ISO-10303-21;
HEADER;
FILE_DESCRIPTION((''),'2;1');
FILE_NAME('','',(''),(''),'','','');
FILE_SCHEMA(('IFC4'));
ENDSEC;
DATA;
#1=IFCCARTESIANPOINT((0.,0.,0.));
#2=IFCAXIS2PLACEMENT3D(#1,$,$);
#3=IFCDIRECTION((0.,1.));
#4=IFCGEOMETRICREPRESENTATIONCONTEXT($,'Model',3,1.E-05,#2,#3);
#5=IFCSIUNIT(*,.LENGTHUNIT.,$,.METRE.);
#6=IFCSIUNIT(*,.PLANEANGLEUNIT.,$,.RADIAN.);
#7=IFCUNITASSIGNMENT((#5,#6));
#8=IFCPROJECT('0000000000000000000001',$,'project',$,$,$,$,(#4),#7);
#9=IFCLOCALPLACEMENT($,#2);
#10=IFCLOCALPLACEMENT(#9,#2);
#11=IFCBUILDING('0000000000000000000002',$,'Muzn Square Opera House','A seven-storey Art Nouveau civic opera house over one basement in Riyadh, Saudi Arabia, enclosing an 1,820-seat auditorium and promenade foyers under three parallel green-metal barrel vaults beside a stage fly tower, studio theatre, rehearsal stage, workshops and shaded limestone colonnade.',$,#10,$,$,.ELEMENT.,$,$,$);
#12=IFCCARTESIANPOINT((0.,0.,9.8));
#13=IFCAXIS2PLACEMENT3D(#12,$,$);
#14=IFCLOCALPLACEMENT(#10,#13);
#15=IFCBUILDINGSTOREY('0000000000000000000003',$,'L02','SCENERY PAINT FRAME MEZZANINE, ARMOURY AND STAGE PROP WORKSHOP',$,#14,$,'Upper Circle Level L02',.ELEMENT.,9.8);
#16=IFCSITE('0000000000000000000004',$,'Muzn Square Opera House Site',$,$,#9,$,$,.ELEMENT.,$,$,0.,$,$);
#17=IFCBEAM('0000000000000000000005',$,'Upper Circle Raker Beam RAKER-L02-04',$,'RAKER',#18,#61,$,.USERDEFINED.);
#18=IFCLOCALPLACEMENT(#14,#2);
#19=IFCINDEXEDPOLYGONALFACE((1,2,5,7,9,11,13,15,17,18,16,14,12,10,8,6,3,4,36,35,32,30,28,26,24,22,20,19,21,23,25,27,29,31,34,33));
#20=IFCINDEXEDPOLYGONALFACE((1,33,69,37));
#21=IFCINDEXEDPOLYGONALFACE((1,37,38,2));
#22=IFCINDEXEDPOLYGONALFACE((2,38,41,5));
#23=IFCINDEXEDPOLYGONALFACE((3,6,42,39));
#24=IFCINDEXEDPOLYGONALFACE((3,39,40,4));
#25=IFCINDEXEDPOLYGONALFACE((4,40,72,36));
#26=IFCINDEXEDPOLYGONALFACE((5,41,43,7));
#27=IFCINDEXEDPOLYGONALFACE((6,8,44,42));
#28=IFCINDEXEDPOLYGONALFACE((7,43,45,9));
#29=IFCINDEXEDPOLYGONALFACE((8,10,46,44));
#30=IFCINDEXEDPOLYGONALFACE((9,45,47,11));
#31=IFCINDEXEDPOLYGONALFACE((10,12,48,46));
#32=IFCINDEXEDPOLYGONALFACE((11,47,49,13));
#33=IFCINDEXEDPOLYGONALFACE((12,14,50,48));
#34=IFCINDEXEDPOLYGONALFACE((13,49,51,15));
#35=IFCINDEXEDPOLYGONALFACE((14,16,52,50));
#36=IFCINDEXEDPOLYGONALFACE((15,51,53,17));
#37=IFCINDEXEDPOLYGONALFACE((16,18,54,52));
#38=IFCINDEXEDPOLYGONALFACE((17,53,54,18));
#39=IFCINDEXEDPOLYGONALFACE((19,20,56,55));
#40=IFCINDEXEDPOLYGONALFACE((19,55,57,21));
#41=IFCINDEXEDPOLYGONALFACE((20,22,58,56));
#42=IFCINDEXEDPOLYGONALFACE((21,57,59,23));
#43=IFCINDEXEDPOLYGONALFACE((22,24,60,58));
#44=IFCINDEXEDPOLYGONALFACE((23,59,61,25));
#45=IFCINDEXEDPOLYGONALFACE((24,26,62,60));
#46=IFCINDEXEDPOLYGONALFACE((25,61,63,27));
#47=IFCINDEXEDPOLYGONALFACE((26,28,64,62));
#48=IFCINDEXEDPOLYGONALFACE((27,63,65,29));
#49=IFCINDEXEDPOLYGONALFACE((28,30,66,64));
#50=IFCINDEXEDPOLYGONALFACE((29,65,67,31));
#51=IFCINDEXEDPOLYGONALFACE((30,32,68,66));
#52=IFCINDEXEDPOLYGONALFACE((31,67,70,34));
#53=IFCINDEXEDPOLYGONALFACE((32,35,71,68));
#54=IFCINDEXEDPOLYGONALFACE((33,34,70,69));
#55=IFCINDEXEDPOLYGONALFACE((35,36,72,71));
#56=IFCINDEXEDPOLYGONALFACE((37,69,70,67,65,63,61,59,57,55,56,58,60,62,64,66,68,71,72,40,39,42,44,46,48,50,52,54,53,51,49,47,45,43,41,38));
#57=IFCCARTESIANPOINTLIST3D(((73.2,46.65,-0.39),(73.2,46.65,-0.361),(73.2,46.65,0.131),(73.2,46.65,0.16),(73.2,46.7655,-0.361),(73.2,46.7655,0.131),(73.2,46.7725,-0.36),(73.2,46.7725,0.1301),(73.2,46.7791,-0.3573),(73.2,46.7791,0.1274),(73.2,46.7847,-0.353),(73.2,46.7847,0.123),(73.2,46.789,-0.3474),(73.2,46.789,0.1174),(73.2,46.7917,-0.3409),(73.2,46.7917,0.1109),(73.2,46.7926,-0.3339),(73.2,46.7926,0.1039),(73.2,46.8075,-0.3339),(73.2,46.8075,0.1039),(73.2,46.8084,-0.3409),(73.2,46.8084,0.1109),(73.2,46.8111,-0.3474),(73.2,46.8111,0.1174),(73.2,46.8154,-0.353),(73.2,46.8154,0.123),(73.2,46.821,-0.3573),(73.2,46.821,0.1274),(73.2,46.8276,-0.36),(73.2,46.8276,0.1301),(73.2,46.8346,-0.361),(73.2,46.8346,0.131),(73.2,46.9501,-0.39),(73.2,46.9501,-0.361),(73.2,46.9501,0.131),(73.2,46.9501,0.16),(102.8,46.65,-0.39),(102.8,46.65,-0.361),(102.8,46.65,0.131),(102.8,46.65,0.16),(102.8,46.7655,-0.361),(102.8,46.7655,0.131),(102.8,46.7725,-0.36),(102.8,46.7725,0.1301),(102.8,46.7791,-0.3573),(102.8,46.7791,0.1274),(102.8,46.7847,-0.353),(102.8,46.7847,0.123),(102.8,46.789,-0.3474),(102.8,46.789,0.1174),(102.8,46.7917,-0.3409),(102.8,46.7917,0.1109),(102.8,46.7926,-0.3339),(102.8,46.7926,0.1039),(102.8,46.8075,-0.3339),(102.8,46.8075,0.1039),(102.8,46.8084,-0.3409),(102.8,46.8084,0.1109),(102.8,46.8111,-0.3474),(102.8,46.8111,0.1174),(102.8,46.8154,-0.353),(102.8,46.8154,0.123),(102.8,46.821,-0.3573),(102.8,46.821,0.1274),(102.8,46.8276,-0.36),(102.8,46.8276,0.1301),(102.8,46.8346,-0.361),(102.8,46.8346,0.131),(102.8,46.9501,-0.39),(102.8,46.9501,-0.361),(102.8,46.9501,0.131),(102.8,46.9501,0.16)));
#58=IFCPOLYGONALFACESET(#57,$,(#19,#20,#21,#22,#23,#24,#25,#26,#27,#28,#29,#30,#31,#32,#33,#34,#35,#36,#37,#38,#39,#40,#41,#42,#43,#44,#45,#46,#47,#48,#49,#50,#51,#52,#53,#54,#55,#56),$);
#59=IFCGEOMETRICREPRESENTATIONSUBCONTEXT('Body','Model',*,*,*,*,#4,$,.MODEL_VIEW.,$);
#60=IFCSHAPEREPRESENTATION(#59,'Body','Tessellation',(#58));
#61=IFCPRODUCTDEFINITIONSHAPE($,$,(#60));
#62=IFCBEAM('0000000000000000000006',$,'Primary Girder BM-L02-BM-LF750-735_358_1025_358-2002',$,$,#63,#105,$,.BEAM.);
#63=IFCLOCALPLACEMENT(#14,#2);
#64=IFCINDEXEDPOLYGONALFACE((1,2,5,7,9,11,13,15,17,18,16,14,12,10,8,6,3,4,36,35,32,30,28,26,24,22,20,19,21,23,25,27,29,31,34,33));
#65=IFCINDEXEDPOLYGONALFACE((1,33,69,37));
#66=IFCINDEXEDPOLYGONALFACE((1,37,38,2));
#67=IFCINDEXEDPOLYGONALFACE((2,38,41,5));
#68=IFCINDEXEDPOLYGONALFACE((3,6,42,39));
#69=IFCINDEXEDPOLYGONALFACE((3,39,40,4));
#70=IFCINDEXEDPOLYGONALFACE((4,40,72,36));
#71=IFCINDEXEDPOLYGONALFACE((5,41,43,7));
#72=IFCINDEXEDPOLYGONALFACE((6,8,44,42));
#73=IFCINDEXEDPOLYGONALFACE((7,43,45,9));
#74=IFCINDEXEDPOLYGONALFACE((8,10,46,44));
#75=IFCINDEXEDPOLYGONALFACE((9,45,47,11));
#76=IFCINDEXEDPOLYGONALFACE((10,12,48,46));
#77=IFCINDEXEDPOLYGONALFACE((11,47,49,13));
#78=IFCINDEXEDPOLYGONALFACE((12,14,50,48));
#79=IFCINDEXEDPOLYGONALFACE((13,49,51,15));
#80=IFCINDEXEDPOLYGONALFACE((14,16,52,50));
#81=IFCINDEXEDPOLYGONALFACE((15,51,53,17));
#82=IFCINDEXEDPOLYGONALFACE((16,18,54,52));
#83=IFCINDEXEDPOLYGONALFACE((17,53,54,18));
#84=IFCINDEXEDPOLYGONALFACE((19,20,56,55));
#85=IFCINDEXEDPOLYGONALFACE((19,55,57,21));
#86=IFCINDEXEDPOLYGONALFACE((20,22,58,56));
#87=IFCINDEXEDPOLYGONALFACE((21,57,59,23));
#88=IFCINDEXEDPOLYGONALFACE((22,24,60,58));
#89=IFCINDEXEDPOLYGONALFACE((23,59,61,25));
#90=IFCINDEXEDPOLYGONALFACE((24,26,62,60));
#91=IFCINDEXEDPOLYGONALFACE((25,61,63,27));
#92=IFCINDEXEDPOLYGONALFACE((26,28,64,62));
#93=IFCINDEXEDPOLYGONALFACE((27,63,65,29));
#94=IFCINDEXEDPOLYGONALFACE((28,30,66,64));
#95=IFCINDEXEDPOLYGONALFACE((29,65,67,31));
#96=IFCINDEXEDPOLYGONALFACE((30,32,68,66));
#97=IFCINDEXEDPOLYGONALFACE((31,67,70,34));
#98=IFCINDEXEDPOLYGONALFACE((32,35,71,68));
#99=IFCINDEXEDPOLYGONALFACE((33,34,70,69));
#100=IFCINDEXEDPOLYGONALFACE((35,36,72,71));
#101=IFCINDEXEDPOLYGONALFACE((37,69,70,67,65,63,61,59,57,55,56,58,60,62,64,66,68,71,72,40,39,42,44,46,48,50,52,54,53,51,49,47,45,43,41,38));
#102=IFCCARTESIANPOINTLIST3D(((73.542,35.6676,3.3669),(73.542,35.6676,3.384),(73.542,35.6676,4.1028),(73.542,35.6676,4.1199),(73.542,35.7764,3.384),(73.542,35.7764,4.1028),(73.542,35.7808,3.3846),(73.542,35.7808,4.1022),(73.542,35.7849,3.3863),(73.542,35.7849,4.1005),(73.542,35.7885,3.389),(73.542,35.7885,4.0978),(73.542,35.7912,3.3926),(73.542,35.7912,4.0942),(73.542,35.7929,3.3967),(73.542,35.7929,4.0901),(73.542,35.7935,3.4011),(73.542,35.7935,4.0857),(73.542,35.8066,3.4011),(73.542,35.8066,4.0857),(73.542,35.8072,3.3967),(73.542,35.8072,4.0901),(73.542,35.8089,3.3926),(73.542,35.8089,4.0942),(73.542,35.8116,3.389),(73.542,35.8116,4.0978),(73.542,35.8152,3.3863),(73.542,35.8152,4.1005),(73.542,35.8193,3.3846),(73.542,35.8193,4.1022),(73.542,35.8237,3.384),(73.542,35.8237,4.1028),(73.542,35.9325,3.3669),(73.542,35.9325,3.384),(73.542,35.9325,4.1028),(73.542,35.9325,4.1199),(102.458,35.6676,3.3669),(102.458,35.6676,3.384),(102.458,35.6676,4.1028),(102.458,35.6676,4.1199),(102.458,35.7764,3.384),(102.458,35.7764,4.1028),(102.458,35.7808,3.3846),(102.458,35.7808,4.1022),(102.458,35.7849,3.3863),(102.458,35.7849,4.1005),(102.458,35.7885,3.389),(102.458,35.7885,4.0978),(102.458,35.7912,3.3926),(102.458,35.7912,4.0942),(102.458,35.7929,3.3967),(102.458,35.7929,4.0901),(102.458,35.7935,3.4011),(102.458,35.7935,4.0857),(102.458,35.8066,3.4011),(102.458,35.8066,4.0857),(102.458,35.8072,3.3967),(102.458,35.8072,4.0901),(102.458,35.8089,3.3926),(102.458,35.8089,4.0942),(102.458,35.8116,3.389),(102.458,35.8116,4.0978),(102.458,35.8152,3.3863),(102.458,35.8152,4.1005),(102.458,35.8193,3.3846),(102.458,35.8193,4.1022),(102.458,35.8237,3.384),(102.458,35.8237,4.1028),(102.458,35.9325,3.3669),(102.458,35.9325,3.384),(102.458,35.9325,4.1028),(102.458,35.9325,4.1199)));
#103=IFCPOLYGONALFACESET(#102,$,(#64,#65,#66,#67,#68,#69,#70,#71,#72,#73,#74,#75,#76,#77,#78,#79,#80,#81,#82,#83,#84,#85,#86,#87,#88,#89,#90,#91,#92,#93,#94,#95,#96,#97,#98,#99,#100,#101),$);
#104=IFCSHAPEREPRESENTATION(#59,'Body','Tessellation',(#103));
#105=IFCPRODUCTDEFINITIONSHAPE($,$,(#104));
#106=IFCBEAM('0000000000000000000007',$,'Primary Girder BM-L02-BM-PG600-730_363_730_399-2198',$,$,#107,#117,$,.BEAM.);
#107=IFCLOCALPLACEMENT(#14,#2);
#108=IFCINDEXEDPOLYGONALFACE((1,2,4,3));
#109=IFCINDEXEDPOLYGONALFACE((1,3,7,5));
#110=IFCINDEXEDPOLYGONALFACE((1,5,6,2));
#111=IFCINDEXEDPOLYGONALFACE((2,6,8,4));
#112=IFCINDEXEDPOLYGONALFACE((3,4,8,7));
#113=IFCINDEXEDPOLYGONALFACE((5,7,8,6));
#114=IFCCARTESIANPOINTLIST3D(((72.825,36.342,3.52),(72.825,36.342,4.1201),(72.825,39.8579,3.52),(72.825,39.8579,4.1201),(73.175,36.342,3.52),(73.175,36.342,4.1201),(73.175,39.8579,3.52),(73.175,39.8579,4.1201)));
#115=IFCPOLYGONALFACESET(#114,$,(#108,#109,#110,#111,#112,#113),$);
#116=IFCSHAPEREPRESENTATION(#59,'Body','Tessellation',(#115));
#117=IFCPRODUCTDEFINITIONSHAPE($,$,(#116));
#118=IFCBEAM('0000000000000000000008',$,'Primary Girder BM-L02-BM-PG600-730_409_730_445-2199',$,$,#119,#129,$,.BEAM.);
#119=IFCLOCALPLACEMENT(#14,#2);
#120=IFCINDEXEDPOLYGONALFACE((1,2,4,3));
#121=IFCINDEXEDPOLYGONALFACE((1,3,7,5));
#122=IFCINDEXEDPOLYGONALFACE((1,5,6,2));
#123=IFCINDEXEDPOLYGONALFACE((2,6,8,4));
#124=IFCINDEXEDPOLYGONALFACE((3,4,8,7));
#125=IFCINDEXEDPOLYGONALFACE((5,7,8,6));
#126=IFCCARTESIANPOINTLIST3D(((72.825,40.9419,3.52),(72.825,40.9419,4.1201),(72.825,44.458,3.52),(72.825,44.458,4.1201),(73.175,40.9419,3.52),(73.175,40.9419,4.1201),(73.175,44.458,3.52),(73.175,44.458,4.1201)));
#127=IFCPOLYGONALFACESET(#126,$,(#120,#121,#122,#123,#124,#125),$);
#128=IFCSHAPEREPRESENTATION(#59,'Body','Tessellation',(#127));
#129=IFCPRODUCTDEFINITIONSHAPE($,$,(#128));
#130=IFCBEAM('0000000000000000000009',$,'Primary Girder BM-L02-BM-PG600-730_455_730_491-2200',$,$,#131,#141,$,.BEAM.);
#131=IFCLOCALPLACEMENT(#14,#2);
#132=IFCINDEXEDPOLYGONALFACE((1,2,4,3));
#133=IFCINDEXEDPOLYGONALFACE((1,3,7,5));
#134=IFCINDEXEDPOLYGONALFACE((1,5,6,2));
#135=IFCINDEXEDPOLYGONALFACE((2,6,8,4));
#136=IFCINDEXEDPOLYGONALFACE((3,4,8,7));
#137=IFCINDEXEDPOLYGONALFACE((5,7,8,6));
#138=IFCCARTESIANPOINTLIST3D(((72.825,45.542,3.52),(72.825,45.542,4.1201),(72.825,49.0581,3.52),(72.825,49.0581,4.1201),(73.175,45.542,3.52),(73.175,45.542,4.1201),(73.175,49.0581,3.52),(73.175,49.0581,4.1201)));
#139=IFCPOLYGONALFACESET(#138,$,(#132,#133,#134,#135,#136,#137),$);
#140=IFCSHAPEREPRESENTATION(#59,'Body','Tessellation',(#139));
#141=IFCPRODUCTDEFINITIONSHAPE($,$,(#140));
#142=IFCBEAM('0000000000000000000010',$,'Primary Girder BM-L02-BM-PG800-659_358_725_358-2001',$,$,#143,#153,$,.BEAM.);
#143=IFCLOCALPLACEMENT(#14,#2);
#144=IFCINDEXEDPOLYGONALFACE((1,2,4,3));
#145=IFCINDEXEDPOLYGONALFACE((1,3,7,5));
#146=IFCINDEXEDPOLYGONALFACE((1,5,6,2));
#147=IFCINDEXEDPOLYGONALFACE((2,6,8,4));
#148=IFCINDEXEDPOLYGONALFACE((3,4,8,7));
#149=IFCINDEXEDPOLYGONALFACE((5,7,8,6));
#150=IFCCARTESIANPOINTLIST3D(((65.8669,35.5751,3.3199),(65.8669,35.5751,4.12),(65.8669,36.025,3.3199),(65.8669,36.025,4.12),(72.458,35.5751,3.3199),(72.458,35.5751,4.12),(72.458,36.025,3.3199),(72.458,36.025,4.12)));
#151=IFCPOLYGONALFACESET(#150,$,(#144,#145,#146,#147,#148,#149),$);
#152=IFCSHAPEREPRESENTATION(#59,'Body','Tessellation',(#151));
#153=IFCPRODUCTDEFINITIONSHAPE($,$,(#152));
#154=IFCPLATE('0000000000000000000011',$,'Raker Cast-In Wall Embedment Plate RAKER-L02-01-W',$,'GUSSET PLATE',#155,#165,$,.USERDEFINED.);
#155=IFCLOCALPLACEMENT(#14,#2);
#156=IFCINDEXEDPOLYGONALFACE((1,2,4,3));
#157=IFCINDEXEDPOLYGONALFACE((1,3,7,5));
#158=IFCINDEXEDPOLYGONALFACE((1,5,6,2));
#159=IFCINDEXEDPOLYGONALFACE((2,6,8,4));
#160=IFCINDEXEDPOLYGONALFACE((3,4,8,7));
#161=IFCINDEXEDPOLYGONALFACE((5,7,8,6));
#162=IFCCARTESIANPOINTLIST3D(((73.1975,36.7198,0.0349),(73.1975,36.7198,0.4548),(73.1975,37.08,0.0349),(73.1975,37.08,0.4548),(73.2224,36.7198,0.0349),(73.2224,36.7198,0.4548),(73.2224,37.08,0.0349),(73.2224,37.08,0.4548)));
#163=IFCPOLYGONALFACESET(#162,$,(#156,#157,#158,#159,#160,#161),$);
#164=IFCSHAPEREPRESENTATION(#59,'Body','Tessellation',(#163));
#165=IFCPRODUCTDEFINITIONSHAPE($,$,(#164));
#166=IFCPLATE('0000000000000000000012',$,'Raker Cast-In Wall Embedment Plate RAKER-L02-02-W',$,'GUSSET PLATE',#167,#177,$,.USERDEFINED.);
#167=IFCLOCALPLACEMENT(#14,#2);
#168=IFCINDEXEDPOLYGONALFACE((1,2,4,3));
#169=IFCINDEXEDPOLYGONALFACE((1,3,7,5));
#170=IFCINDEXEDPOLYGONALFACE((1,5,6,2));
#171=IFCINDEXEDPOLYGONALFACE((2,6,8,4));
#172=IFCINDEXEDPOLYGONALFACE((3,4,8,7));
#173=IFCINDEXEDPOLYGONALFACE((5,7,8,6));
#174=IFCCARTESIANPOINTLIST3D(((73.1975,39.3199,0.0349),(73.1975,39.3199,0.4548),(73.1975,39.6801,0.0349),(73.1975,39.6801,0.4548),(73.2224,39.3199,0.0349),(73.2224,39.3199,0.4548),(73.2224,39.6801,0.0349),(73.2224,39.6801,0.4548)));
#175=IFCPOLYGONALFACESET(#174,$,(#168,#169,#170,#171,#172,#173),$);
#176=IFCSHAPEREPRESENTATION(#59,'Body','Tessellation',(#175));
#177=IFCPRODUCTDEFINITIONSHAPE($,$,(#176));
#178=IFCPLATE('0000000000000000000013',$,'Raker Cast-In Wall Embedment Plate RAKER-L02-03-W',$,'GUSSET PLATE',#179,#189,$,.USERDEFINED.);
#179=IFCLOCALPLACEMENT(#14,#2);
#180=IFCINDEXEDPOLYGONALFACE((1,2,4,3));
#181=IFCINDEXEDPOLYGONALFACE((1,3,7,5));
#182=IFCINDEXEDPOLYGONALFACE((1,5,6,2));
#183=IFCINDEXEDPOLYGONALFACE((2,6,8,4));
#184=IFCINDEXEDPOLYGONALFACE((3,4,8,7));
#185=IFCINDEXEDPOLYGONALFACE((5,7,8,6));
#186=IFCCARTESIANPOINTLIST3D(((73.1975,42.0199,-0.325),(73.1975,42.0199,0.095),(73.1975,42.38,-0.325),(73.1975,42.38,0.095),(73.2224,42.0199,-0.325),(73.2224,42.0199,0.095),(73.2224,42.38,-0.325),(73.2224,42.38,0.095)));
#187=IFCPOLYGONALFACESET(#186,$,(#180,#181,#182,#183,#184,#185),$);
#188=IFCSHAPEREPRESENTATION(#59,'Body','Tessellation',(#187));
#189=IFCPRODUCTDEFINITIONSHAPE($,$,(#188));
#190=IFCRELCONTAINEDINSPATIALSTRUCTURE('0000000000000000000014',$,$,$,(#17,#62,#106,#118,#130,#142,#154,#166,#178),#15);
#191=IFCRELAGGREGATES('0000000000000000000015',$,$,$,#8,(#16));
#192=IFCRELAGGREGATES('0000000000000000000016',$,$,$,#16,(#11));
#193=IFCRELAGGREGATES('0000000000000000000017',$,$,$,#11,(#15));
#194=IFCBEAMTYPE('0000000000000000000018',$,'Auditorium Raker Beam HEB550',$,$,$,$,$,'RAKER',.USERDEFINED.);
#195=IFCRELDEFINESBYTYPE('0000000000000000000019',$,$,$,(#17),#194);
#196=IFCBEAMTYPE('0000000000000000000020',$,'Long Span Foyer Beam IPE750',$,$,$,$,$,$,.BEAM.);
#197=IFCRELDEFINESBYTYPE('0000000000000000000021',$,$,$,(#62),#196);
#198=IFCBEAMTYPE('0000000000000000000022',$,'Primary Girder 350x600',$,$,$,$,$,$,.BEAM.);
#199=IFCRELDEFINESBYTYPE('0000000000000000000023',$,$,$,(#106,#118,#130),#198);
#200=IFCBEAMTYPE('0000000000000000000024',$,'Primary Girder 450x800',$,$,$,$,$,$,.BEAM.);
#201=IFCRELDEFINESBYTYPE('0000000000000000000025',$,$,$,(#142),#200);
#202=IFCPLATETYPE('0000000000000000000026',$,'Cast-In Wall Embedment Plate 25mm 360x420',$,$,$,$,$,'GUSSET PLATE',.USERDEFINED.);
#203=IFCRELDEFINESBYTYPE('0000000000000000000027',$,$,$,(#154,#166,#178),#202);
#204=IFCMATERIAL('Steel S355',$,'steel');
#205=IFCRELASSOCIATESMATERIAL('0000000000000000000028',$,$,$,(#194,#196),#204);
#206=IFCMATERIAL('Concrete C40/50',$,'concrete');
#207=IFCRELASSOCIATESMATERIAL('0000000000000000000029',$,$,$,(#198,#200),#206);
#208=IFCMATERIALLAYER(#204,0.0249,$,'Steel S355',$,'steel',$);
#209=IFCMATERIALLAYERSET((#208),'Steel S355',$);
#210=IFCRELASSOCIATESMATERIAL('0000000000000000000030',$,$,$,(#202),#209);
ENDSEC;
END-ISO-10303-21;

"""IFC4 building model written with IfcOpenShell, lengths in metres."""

from ifc_helpers import new_model, si_unit, direction, frame, origin, origin_2d, place, context, subcontext, project, spatial, rectangle, i_section, extrude, material, layer, layer_set, material_profile, profile_set, type_object, element, save


model = new_model("IFC4")

# Units and contexts
model_context = context("Model", 3, precision=1e-05, world=origin(), true_north=direction((0.0, 1.0)))
body_context = subcontext(model_context, "Body", "Model", "MODEL_VIEW")
ifc_project = project(units=[si_unit("LENGTHUNIT", "METRE"), si_unit("PLANEANGLEUNIT", "RADIAN")], contexts=[model_context])

# Site, building, storey
site_placement = place(None, origin())
site = spatial("IfcSite", under=ifc_project, at=site_placement, Name="Muzn Square Opera House Site", CompositionType="ELEMENT", RefElevation=0.0)
building_placement = place(site_placement, origin())
building = spatial("IfcBuilding", under=site, at=building_placement, Name="Muzn Square Opera House", Description="A seven-storey Art Nouveau civic opera house over one basement in Riyadh, Saudi Arabia, enclosing an 1,820-seat auditorium and promenade foyers under three parallel green-metal barrel vaults beside a stage fly tower, studio theatre, rehearsal stage, workshops and shaded limestone colonnade.", CompositionType="ELEMENT")
storey_placement = place(building_placement, frame((0.0, 0.0, 9.8)))
storey = spatial("IfcBuildingStorey", under=building, at=storey_placement, Name="L02", Description="SCENERY PAINT FRAME MEZZANINE, ARMOURY AND STAGE PROP WORKSHOP", LongName="Upper Circle Level L02", CompositionType="ELEMENT", Elevation=9.8)

# Beams
ifc_material_1 = material(Name="Steel S355", Category="steel")
ifc_material_profile_1 = material_profile(ifc_material_1, i_section(OverallWidth=0.3, OverallDepth=0.55, WebThickness=0.0149, FlangeThickness=0.0291, FilletRadius=0.0271, at=origin_2d()), Name="HEB 550", Category="steel")
ifc_profile_set_1 = profile_set([ifc_material_profile_1], Name="Steel S355")
beam_type_1 = type_object("IfcBeamType", Name="Auditorium Raker Beam HEB550", ElementType="RAKER", PredefinedType="USERDEFINED", material=ifc_profile_set_1)
for number, where, z_axis, x_axis, name in (
    (1, (73.2, 46.8, -0.115), (1.0, 0.0, 0.0), (0.0, 1.0, 0.0), "Upper Circle Raker Beam RAKER-L02-04"),
):
    element("IfcBeam", number, at=place(storey_placement, frame(where, z_axis=z_axis, x_axis=x_axis)), inside=storey, type_object=beam_type_1, Name=name, ObjectType="RAKER", PredefinedType="USERDEFINED", context=body_context, shape_type="SweptSolid", body=[
        extrude(i_section(OverallWidth=0.3, OverallDepth=0.55, WebThickness=0.0149, FlangeThickness=0.0291, FilletRadius=0.0271, at=origin_2d()), origin(), (0.0, 0.0, 1.0), 29.6001),
    ])
ifc_material_profile_2 = material_profile(ifc_material_1, i_section(OverallWidth=0.2649, OverallDepth=0.7529, WebThickness=0.0132, FlangeThickness=0.0171, FilletRadius=0.0171, at=origin_2d()), Name="IPE 750x147", Category="steel")
ifc_profile_set_2 = profile_set([ifc_material_profile_2], Name="Steel S355")
beam_type_2 = type_object("IfcBeamType", Name="Long Span Foyer Beam IPE750", PredefinedType="BEAM", material=ifc_profile_set_2)
beam_1_placement = place(storey_placement, frame((73.542, 35.8, 3.7434), z_axis=(1.0, 0.0, 0.0), x_axis=(0.0, 1.0, 0.0)))
element("IfcBeam", 2, at=beam_1_placement, inside=storey, type_object=beam_type_2, Name="Primary Girder BM-L02-BM-LF750-735_358_1025_358-2002", PredefinedType="BEAM", context=body_context, shape_type="SweptSolid", body=[
    extrude(i_section(OverallWidth=0.2649, OverallDepth=0.7529, WebThickness=0.0132, FlangeThickness=0.0171, FilletRadius=0.0171, at=origin_2d()), origin(), (0.0, 0.0, 1.0), 28.916),
])
ifc_material_2 = material(Name="Concrete C40/50", Category="concrete")
ifc_material_profile_3 = material_profile(ifc_material_2, rectangle(XDim=0.3501, YDim=0.6001, at=origin_2d()), Name="RCB 350x600", Category="concrete")
ifc_profile_set_3 = profile_set([ifc_material_profile_3], Name="Concrete C40/50")
beam_type_3 = type_object("IfcBeamType", Name="Primary Girder 350x600", PredefinedType="BEAM", material=ifc_profile_set_3)
beam_2_placement = place(storey_placement, frame((73.0, 36.342, 3.8201), z_axis=(0.0, 1.0, 0.0), x_axis=(-1.0, 0.0, 0.0)))
element("IfcBeam", 3, at=beam_2_placement, inside=storey, type_object=beam_type_3, Name="Primary Girder BM-L02-BM-PG600-730_363_730_399-2198", PredefinedType="BEAM", context=body_context, shape_type="SweptSolid", body=[
    extrude(rectangle(XDim=0.3501, YDim=0.6001, at=origin_2d()), origin(), (0.0, 0.0, 1.0), 3.5159),
])
for number, where, z_axis, x_axis, name in (
    (4, (73.0, 40.9419, 3.8201), (0.0, 1.0, 0.0), (-1.0, 0.0, 0.0), "Primary Girder BM-L02-BM-PG600-730_409_730_445-2199"),
    (5, (73.0, 45.542, 3.8201), (0.0, 1.0, 0.0), (-1.0, 0.0, 0.0), "Primary Girder BM-L02-BM-PG600-730_455_730_491-2200"),
):
    element("IfcBeam", number, at=place(storey_placement, frame(where, z_axis=z_axis, x_axis=x_axis)), inside=storey, type_object=beam_type_3, Name=name, PredefinedType="BEAM", context=body_context, shape_type="SweptSolid", body=[
        extrude(rectangle(XDim=0.3501, YDim=0.6001, at=origin_2d()), origin(), (0.0, 0.0, 1.0), 3.5161),
    ])
ifc_material_profile_4 = material_profile(ifc_material_2, rectangle(XDim=0.45, YDim=0.8, at=origin_2d()), Name="RCB 450x800", Category="concrete")
ifc_profile_set_4 = profile_set([ifc_material_profile_4], Name="Concrete C40/50")
beam_type_4 = type_object("IfcBeamType", Name="Primary Girder 450x800", PredefinedType="BEAM", material=ifc_profile_set_4)
beam_3_placement = place(storey_placement, frame((65.8669, 35.8, 3.72), z_axis=(1.0, 0.0, 0.0), x_axis=(0.0, 1.0, 0.0)))
element("IfcBeam", 6, at=beam_3_placement, inside=storey, type_object=beam_type_4, Name="Primary Girder BM-L02-BM-PG800-659_358_725_358-2001", PredefinedType="BEAM", context=body_context, shape_type="SweptSolid", body=[
    extrude(rectangle(XDim=0.45, YDim=0.8, at=origin_2d()), origin(), (0.0, 0.0, 1.0), 6.5911),
])

# Plates
ifc_layer_1 = layer(ifc_material_1, 0.0249, Name="Steel S355", Category="steel")
ifc_layer_set_1 = layer_set([ifc_layer_1], Name="Steel S355")
plate_type = type_object("IfcPlateType", Name="Cast-In Wall Embedment Plate 25mm 360x420", ElementType="GUSSET PLATE", PredefinedType="USERDEFINED", material=ifc_layer_set_1)
for number, where, z_axis, x_axis, name in (
    (7, (73.21, 36.8999, 0.0349), (0.0, 0.0, 1.0), (1.0, 0.0, 0.0), "Raker Cast-In Wall Embedment Plate RAKER-L02-01-W"),
    (8, (73.21, 39.5, 0.0349), (0.0, 0.0, 1.0), (1.0, 0.0, 0.0), "Raker Cast-In Wall Embedment Plate RAKER-L02-02-W"),
    (9, (73.21, 42.2, -0.325), (0.0, 0.0, 1.0), (1.0, 0.0, 0.0), "Raker Cast-In Wall Embedment Plate RAKER-L02-03-W"),
):
    element("IfcPlate", number, at=place(storey_placement, frame(where, z_axis=z_axis, x_axis=x_axis)), inside=storey, type_object=plate_type, Name=name, ObjectType="GUSSET PLATE", PredefinedType="USERDEFINED", context=body_context, shape_type="SweptSolid", body=[
        extrude(rectangle(XDim=0.0249, YDim=0.3601, at=origin_2d()), origin(), (0.0, 0.0, 1.0), 0.4199),
    ])

save(model, "model.ifc")
